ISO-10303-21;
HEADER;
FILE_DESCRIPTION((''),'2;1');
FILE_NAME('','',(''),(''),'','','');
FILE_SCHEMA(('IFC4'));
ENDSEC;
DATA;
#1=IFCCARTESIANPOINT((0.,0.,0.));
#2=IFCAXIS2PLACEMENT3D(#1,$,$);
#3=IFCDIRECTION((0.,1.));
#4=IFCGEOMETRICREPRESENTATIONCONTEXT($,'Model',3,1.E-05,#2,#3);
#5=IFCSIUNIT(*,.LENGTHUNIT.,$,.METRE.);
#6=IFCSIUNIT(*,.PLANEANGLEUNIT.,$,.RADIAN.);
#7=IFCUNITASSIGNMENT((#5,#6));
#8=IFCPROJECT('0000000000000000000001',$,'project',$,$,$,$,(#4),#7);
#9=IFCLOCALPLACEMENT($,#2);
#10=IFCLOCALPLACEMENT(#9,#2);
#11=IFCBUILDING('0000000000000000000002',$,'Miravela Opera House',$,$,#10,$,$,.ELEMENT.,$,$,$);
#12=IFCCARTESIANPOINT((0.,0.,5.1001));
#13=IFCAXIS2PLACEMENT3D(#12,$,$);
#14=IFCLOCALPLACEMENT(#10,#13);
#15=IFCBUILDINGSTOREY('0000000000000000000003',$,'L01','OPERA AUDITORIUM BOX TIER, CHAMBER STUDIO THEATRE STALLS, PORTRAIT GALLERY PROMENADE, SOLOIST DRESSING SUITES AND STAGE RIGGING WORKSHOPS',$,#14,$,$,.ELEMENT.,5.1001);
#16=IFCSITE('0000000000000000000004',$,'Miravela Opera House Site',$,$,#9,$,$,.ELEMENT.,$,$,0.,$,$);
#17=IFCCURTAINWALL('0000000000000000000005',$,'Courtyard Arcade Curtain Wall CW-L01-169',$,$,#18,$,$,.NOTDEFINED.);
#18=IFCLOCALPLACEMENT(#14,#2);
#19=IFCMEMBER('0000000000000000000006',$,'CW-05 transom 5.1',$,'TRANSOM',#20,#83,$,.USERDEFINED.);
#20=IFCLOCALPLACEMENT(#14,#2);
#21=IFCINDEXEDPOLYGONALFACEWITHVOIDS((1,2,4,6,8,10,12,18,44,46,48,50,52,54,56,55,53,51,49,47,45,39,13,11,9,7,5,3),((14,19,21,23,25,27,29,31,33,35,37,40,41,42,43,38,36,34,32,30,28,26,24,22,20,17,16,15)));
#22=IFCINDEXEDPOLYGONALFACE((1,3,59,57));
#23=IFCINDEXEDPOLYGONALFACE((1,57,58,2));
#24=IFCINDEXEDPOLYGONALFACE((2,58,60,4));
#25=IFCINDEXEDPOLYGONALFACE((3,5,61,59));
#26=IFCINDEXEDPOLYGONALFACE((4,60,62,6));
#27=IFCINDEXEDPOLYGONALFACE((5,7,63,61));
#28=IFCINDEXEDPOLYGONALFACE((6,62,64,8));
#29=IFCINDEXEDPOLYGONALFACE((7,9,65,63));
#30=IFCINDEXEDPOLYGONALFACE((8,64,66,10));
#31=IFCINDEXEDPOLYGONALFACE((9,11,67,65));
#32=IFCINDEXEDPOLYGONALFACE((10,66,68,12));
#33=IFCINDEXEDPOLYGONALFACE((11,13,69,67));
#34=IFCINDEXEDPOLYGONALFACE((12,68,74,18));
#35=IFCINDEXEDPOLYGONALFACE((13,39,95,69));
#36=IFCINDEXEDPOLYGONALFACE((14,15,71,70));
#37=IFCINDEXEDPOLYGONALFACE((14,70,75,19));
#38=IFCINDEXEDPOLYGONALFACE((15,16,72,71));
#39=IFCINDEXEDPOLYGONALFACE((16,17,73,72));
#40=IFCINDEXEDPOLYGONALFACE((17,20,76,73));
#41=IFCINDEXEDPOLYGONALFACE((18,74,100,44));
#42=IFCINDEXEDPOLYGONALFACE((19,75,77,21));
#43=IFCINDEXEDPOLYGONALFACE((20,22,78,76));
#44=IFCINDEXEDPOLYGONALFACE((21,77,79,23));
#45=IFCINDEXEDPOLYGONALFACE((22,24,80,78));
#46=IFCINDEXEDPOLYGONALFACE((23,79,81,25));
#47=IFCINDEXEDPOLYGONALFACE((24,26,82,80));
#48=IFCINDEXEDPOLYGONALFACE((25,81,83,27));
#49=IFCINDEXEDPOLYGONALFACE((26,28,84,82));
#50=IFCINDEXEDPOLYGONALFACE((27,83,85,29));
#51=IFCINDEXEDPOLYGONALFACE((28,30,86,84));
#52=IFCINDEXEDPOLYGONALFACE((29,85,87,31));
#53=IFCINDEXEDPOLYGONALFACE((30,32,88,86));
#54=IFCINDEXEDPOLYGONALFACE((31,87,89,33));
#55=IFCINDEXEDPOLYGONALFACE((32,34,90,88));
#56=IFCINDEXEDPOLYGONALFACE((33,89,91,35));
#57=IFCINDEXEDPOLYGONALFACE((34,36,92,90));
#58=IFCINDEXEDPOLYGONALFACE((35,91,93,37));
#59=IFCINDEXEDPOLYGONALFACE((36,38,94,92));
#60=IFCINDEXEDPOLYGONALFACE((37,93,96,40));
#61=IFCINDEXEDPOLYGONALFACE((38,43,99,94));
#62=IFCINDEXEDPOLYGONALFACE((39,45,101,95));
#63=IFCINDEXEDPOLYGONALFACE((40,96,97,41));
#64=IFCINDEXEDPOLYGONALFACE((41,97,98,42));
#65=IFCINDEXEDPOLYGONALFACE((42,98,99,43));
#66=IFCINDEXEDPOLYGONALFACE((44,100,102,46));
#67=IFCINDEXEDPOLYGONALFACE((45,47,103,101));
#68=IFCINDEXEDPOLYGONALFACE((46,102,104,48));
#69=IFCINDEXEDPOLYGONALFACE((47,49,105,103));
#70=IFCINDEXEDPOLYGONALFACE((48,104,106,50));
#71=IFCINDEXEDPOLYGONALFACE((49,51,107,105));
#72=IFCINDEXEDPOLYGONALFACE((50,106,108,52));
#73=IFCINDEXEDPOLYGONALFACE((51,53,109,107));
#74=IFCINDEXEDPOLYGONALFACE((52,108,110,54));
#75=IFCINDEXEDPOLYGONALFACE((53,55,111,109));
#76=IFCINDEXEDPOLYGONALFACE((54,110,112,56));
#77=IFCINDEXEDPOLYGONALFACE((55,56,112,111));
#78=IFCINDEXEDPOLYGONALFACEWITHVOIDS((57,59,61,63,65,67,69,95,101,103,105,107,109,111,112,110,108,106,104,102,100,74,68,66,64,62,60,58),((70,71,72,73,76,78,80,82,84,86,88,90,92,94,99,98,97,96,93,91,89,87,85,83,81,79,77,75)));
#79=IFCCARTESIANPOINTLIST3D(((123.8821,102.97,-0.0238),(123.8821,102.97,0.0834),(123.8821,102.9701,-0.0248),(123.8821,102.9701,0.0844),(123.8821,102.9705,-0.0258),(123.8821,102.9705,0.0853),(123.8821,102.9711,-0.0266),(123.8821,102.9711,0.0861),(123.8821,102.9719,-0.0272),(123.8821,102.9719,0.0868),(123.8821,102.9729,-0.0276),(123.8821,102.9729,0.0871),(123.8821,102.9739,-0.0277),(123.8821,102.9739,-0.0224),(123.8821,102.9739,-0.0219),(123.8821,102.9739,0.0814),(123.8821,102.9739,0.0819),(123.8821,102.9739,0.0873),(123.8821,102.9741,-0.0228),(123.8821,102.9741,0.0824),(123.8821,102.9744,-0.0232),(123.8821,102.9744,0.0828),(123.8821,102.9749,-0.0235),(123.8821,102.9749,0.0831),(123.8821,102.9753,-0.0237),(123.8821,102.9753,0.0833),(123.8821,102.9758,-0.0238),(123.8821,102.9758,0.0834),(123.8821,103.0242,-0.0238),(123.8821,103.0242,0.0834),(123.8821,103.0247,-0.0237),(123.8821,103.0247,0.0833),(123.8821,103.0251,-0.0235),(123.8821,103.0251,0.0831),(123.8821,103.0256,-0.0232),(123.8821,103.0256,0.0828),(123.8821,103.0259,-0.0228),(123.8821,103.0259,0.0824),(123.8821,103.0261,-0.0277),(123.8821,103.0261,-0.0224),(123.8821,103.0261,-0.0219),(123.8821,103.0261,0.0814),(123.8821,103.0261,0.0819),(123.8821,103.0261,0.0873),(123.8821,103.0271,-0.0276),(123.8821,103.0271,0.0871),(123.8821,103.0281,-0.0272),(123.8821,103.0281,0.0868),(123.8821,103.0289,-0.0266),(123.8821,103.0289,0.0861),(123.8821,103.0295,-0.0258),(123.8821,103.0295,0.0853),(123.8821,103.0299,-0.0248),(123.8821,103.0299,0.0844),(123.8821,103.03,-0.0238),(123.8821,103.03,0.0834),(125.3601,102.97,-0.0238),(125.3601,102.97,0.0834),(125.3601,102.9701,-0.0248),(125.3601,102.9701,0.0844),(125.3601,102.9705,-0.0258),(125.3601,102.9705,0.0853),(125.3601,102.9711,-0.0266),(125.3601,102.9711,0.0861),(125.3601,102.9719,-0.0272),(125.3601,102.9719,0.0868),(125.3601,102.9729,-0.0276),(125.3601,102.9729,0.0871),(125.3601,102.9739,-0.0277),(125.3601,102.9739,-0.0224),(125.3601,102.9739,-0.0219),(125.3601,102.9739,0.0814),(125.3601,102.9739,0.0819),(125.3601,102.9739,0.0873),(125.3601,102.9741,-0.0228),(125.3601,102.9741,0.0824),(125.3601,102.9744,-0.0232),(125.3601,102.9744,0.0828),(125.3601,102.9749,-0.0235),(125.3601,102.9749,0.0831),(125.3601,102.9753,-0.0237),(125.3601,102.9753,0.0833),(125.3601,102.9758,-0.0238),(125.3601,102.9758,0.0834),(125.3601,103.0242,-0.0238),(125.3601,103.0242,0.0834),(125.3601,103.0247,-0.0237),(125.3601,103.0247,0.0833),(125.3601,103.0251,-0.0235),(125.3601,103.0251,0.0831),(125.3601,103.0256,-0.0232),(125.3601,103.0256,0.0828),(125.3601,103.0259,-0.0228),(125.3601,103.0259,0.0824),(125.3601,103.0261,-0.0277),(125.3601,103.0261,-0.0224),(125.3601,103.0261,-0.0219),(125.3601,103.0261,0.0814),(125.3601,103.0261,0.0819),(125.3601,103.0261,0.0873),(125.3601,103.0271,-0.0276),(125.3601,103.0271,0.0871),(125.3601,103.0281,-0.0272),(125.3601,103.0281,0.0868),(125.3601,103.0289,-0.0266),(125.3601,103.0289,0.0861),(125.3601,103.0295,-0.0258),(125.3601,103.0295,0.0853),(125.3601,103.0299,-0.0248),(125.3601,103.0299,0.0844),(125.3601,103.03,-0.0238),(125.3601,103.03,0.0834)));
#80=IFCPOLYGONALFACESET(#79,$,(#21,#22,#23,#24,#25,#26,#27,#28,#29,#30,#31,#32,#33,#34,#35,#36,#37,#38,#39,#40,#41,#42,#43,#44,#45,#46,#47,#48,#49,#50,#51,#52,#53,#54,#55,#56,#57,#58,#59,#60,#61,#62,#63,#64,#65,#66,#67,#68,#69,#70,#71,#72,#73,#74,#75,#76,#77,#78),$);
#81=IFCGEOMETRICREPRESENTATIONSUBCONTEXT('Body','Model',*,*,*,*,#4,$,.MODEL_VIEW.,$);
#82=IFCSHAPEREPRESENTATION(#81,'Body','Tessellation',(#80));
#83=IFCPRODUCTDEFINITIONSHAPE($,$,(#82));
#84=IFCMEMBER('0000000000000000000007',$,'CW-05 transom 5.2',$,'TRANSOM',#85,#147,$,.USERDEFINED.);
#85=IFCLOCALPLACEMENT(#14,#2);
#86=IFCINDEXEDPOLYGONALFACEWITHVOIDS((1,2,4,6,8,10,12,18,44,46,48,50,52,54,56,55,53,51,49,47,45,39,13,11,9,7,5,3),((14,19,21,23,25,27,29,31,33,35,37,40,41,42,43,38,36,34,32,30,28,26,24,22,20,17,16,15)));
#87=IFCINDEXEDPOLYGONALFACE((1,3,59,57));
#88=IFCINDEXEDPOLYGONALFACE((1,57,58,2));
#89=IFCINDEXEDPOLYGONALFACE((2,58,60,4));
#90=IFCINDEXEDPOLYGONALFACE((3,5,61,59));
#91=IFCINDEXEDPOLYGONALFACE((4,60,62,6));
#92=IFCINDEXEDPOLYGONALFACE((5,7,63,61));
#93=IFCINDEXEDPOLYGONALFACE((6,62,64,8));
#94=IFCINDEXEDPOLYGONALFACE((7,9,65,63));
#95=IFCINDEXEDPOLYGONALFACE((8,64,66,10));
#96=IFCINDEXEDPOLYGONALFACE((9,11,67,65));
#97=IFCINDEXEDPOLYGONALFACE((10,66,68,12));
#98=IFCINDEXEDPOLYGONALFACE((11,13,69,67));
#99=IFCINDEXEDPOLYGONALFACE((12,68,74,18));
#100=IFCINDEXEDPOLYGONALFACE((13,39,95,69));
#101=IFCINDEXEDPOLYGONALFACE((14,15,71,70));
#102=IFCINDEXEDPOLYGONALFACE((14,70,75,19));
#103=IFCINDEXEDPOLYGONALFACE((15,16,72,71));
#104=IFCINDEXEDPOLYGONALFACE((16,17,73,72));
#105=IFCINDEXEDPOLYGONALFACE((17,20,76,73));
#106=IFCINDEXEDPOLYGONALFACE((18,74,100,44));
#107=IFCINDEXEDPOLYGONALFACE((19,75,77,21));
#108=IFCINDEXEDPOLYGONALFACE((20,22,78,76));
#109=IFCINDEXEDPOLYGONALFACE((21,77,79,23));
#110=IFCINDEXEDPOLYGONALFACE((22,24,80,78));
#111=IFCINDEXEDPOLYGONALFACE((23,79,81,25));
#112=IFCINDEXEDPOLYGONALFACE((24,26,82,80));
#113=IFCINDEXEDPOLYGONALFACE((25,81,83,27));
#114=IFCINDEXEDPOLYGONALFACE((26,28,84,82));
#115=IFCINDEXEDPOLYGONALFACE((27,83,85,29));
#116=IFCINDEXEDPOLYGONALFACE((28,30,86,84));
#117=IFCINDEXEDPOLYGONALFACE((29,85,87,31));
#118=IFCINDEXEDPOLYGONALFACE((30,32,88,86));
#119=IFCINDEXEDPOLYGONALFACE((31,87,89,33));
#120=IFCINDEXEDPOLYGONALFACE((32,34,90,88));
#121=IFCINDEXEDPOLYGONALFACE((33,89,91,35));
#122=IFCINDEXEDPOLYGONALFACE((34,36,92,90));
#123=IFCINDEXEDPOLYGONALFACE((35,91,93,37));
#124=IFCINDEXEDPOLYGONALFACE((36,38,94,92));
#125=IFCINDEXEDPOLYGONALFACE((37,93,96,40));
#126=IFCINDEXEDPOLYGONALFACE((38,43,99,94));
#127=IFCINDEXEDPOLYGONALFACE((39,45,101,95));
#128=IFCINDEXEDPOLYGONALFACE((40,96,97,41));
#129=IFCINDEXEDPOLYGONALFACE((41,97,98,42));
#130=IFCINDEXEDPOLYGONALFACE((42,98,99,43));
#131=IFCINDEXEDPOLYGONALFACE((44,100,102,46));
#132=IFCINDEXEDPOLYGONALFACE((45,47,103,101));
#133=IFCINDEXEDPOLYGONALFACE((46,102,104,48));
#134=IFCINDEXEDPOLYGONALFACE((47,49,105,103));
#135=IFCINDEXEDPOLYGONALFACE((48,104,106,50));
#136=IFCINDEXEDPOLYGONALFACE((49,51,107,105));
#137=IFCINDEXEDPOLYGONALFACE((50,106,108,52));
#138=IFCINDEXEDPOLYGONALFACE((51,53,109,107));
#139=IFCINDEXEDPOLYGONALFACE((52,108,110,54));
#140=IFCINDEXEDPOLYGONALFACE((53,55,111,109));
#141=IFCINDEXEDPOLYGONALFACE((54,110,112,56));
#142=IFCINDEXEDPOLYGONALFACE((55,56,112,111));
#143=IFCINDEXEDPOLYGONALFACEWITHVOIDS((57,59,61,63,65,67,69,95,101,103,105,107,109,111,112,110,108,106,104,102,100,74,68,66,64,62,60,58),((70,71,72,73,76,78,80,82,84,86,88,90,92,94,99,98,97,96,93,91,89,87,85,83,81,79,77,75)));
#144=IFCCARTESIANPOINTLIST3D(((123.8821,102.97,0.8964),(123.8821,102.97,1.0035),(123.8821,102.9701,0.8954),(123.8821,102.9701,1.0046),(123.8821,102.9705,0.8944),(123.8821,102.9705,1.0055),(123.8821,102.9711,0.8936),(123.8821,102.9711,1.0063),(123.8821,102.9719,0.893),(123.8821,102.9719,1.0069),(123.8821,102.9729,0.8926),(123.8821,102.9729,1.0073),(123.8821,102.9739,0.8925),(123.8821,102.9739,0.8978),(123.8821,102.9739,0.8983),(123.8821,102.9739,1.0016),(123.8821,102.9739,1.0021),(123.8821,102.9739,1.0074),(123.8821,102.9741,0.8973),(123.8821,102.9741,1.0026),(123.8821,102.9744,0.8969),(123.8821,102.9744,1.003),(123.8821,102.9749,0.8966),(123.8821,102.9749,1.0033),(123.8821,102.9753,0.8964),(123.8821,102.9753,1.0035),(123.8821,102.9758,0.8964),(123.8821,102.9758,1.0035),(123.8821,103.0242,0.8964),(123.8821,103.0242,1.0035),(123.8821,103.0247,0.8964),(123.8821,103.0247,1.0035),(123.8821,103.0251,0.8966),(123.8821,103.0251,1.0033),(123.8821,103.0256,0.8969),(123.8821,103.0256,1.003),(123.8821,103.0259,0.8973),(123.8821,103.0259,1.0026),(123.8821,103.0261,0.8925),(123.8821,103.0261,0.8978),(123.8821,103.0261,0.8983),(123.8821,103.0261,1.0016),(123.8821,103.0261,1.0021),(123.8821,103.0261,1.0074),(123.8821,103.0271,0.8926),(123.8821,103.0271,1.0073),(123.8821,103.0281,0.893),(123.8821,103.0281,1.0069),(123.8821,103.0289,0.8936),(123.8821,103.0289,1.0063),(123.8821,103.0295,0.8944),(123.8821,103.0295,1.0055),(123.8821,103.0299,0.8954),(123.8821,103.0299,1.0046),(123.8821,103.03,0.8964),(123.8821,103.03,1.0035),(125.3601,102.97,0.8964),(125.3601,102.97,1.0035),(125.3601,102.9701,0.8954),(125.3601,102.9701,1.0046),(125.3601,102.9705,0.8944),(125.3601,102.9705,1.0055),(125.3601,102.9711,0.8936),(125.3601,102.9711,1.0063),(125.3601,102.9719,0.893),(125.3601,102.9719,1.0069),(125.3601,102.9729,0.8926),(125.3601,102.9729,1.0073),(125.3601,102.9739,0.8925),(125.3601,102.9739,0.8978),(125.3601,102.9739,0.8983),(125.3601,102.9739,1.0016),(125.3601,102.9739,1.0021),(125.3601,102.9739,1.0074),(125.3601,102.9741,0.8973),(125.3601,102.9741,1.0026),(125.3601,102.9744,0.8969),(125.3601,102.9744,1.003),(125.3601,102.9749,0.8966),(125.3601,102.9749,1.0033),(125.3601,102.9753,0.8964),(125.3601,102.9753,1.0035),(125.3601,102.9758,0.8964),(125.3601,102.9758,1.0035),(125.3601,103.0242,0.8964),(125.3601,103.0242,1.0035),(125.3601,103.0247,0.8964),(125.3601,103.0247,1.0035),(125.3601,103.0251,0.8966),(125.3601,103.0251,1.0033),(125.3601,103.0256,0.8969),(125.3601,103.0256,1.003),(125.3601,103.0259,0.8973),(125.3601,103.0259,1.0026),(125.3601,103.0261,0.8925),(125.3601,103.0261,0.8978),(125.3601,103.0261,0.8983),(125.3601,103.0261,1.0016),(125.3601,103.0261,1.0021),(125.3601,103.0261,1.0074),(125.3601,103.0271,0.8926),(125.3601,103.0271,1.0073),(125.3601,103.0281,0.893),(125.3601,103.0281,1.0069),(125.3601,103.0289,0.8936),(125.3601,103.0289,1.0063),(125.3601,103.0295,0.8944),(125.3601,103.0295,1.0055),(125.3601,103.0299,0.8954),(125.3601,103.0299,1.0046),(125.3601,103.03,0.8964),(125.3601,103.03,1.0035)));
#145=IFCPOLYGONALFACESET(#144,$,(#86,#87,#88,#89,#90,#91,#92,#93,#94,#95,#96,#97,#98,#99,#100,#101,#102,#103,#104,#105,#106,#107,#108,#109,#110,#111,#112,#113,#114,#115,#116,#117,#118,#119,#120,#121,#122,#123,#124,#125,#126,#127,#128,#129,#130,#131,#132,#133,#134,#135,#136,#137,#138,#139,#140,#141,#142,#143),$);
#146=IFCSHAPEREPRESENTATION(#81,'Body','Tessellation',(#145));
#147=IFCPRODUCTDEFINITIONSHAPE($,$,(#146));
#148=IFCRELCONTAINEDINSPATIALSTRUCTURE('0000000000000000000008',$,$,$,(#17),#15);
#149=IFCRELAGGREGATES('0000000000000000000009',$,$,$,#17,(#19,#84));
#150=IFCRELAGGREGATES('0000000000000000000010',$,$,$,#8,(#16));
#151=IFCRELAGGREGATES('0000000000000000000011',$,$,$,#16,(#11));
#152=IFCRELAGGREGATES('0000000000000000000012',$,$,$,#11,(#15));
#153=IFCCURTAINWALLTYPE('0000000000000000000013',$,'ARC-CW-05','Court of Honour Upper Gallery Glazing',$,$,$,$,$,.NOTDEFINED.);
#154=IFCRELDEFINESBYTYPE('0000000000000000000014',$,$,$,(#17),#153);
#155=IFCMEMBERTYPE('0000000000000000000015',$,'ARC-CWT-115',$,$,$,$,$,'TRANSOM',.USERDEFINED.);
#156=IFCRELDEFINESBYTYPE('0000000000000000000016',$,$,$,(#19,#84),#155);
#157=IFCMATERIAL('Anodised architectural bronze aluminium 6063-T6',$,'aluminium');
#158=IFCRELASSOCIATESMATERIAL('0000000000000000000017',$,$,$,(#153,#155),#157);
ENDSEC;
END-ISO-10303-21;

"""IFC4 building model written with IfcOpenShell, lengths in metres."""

from ifc_helpers import new_model, si_unit, direction, frame, origin, origin_2d, place, context, subcontext, project, spatial, hollow_rectangle, extrude, material, material_profile, profile_set, type_object, element, aggregate, save


model = new_model("IFC4")

# Units and contexts
model_context = context("Model", 3, precision=1e-05, world=origin(), true_north=direction((0.0, 1.0)))
body_context = subcontext(model_context, "Body", "Model", "MODEL_VIEW")
ifc_project = project(units=[si_unit("LENGTHUNIT", "METRE"), si_unit("PLANEANGLEUNIT", "RADIAN")], contexts=[model_context])

# Site, building, storey
site_placement = place(None, origin())
site = spatial("IfcSite", under=ifc_project, at=site_placement, Name="Miravela Opera House Site", CompositionType="ELEMENT", RefElevation=0.0)
building_placement = place(site_placement, origin())
building = spatial("IfcBuilding", under=site, at=building_placement, Name="Miravela Opera House", CompositionType="ELEMENT")
storey_placement = place(building_placement, frame((0.0, 0.0, 5.1001)))
storey = spatial("IfcBuildingStorey", under=building, at=storey_placement, Name="L01", Description="OPERA AUDITORIUM BOX TIER, CHAMBER STUDIO THEATRE STALLS, PORTRAIT GALLERY PROMENADE, SOLOIST DRESSING SUITES AND STAGE RIGGING WORKSHOPS", CompositionType="ELEMENT", Elevation=5.1001)

# Curtain wall, members
ifc_material_1 = material(Name="Anodised architectural bronze aluminium 6063-T6", Category="aluminium")
curtain_wall_type = type_object("IfcCurtainWallType", Name="ARC-CW-05", Description="Court of Honour Upper Gallery Glazing", PredefinedType="NOTDEFINED", material=ifc_material_1)
curtain_wall_placement = place(storey_placement, origin())
curtain_wall = element("IfcCurtainWall", 1, at=curtain_wall_placement, inside=storey, type_object=curtain_wall_type, Name="Courtyard Arcade Curtain Wall CW-L01-169", PredefinedType="NOTDEFINED")
ifc_material_profile_1 = material_profile(ifc_material_1, hollow_rectangle(XDim=0.0601, YDim=0.115, WallThickness=0.0039, InnerFilletRadius=0.002, OuterFilletRadius=0.0039, at=origin_2d()), Name="CWT-60X115")
ifc_profile_set_1 = profile_set([ifc_material_profile_1])
member_type_1 = type_object("IfcMemberType", Name="ARC-CWT-115", ElementType="TRANSOM", PredefinedType="USERDEFINED", material=ifc_profile_set_1)
member_1_placement = place(storey_placement, frame((123.8821, 103.0, 0.0298), z_axis=(1.0, 0.0, 0.0), x_axis=(0.0, 1.0, 0.0)))
member_1 = element("IfcMember", 2, at=member_1_placement, type_object=member_type_1, Name="CW-05 transom 5.1", ObjectType="TRANSOM", PredefinedType="USERDEFINED", context=body_context, shape_type="SweptSolid", body=[
    extrude(hollow_rectangle(XDim=0.0601, YDim=0.115, WallThickness=0.0039, InnerFilletRadius=0.002, OuterFilletRadius=0.0039, at=origin_2d()), origin(), (0.0, 0.0, 1.0), 1.478),
])
member_2_placement = place(storey_placement, frame((123.8821, 103.0, 0.95), z_axis=(1.0, 0.0, 0.0), x_axis=(0.0, 1.0, 0.0)))
member_2 = element("IfcMember", 3, at=member_2_placement, type_object=member_type_1, Name="CW-05 transom 5.2", ObjectType="TRANSOM", PredefinedType="USERDEFINED", context=body_context, shape_type="SweptSolid", body=[
    extrude(hollow_rectangle(XDim=0.0601, YDim=0.115, WallThickness=0.0039, InnerFilletRadius=0.002, OuterFilletRadius=0.0039, at=origin_2d()), origin(), (0.0, 0.0, 1.0), 1.478),
])
aggregate(curtain_wall, [member_1, member_2])

save(model, "model.ifc")
